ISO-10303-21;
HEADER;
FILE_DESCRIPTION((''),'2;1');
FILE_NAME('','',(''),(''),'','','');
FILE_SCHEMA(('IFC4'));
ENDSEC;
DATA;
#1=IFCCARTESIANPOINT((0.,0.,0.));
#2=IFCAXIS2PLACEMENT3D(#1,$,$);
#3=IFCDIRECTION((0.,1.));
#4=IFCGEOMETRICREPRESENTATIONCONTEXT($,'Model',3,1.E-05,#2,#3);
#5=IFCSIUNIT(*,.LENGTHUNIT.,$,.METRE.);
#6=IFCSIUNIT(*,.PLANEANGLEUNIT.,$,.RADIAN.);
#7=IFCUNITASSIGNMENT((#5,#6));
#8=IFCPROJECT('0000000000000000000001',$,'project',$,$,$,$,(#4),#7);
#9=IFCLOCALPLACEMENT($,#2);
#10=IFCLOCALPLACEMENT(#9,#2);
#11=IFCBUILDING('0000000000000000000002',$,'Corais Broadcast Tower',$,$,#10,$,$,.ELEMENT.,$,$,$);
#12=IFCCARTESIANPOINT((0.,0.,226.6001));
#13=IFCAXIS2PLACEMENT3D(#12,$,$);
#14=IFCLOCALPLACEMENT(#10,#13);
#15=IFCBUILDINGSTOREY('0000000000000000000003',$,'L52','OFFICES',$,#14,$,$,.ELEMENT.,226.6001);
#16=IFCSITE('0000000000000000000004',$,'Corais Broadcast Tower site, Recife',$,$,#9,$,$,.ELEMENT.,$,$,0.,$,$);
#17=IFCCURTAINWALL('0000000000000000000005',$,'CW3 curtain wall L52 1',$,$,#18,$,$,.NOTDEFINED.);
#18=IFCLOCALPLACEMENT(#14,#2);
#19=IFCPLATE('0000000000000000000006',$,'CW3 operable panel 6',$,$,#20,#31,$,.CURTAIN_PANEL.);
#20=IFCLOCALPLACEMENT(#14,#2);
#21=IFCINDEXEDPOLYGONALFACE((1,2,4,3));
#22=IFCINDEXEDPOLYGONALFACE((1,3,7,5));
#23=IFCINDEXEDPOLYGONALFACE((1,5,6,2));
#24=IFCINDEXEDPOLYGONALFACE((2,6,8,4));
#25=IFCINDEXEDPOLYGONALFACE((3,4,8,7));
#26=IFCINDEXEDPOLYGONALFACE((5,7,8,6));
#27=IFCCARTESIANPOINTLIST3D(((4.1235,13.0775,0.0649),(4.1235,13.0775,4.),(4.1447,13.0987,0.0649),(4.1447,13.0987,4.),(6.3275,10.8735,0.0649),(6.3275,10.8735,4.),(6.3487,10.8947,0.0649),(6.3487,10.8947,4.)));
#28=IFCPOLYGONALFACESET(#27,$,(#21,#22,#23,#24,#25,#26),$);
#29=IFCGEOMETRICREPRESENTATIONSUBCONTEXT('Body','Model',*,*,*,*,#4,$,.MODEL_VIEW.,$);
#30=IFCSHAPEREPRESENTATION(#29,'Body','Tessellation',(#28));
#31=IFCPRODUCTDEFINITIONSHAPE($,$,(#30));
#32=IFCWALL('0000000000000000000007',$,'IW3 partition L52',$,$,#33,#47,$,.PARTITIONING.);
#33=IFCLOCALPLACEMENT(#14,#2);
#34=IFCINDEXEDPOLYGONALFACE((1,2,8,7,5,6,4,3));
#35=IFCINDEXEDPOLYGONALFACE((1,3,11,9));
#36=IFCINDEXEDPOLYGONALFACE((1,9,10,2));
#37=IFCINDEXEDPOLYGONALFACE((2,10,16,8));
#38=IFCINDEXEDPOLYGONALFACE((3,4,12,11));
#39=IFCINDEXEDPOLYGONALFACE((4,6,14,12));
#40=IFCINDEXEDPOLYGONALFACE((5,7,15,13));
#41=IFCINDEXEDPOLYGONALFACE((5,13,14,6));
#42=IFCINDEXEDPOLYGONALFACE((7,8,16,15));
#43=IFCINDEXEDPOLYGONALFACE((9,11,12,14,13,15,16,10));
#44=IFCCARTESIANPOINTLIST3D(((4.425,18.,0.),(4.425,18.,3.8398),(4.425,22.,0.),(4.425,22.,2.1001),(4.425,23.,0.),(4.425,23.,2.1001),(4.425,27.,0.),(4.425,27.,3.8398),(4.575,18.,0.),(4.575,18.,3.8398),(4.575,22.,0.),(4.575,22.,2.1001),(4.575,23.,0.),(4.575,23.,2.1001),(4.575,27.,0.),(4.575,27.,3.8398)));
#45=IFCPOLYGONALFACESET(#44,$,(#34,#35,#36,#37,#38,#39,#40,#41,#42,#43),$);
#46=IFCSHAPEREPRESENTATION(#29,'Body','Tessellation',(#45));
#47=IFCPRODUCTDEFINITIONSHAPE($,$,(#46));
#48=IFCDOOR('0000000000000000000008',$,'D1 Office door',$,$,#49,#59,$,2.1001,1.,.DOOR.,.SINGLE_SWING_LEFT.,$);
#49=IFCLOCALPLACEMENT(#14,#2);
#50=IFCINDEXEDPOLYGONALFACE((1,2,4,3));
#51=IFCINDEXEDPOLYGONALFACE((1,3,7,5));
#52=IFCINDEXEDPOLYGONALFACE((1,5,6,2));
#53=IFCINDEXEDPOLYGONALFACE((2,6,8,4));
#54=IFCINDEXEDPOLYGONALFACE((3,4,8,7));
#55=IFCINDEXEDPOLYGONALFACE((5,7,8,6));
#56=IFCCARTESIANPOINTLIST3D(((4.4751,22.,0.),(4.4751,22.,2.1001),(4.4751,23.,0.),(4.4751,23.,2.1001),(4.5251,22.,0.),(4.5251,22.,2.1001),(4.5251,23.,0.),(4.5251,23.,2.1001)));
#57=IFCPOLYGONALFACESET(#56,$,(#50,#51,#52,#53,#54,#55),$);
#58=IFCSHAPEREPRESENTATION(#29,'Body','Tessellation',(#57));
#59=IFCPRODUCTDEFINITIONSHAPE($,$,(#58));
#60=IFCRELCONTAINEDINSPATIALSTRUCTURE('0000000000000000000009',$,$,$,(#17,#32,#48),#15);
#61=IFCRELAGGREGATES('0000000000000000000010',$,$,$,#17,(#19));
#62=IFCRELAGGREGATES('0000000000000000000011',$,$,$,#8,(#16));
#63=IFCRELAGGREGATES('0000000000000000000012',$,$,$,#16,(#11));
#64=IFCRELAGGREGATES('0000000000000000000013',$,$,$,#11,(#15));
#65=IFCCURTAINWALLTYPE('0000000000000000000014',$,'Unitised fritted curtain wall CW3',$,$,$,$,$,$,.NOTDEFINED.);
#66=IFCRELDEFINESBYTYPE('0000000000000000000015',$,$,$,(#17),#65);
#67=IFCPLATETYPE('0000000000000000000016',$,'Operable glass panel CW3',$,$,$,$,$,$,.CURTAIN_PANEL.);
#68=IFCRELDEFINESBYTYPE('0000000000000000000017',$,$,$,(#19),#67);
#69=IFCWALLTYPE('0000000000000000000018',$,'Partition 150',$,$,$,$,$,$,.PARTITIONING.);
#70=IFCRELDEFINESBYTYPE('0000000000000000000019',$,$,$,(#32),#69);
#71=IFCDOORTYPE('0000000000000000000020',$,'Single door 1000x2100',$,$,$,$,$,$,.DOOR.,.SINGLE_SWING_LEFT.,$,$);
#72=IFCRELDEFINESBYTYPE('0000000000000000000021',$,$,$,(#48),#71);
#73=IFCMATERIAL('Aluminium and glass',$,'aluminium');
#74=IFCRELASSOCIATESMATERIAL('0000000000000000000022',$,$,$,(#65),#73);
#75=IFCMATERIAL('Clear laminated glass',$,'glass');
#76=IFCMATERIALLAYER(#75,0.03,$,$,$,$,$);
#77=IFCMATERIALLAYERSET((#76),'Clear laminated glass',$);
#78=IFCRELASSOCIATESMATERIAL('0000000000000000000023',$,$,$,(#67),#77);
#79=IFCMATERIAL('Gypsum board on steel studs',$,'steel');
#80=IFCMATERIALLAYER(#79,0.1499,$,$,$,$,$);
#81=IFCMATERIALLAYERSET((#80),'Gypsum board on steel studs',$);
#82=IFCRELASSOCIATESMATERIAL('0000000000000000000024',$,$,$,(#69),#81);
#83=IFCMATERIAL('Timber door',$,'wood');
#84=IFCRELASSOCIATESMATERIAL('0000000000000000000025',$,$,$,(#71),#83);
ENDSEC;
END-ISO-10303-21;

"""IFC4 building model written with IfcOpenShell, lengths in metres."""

from ifc_helpers import new_model, si_unit, direction, frame, frame_2d, origin, origin_2d, place, context, subcontext, project, spatial, rectangle, extrude, material, layer, layer_set, type_object, element, fill, aggregate, save


model = new_model("IFC4")

# Units and contexts
model_context = context("Model", 3, precision=1e-05, world=origin(), true_north=direction((0.0, 1.0)))
body_context = subcontext(model_context, "Body", "Model", "MODEL_VIEW")
ifc_project = project(units=[si_unit("LENGTHUNIT", "METRE"), si_unit("PLANEANGLEUNIT", "RADIAN")], contexts=[model_context])

# Site, building, storey
site_placement = place(None, origin())
site = spatial("IfcSite", under=ifc_project, at=site_placement, Name="Corais Broadcast Tower site, Recife", CompositionType="ELEMENT", RefElevation=0.0)
building_placement = place(site_placement, origin())
building = spatial("IfcBuilding", under=site, at=building_placement, Name="Corais Broadcast Tower", CompositionType="ELEMENT")
storey_placement = place(building_placement, frame((0.0, 0.0, 226.6001)))
storey = spatial("IfcBuildingStorey", under=building, at=storey_placement, Name="L52", Description="OFFICES", CompositionType="ELEMENT", Elevation=226.6001)

# Curtain wall
ifc_material_1 = material(Name="Aluminium and glass", Category="aluminium")
curtain_wall_type = type_object("IfcCurtainWallType", Name="Unitised fritted curtain wall CW3", PredefinedType="NOTDEFINED", material=ifc_material_1)
curtain_wall_placement = place(storey_placement, origin())
curtain_wall = element("IfcCurtainWall", 1, at=curtain_wall_placement, inside=storey, type_object=curtain_wall_type, Name="CW3 curtain wall L52 1", PredefinedType="NOTDEFINED")

# Plate
ifc_material_2 = material(Name="Clear laminated glass", Category="glass")
ifc_layer_1 = layer(ifc_material_2, 0.03)
ifc_layer_set_1 = layer_set([ifc_layer_1], Name="Clear laminated glass")
plate_type_1 = type_object("IfcPlateType", Name="Operable glass panel CW3", PredefinedType="CURTAIN_PANEL", material=ifc_layer_set_1)
plate_1_placement = place(storey_placement, frame((5.2361, 11.9861, 0.0649), z_axis=(0.0, 0.0, 1.0), x_axis=(-0.707107, 0.707107, 0.0)))
plate_1 = element("IfcPlate", 2, at=plate_1_placement, type_object=plate_type_1, Name="CW3 operable panel 6", PredefinedType="CURTAIN_PANEL", context=body_context, shape_type="SweptSolid", body=[
    extrude(rectangle(XDim=3.1169, YDim=0.03, at=origin_2d()), origin(), (0.0, 0.0, 1.0), 3.9351),
])
aggregate(curtain_wall, [plate_1])

# Wall, opening, door
ifc_material_3 = material(Name="Gypsum board on steel studs", Category="steel")
ifc_layer_2 = layer(ifc_material_3, 0.1499)
ifc_layer_set_2 = layer_set([ifc_layer_2], Name="Gypsum board on steel studs")
wall_type = type_object("IfcWallType", Name="Partition 150", PredefinedType="PARTITIONING", material=ifc_layer_set_2)
wall_placement = place(storey_placement, frame((4.5, 18.0, 0.0), z_axis=(0.0, 0.0, 1.0), x_axis=(0.0, 1.0, 0.0)))
wall = element("IfcWall", 3, at=wall_placement, inside=storey, type_object=wall_type, Name="IW3 partition L52", PredefinedType="PARTITIONING", context=body_context, shape_type="SweptSolid", body=[
    extrude(rectangle(XDim=9.0, YDim=0.1499, at=frame_2d((4.5, 0.0))), origin(), (0.0, 0.0, 1.0), 3.8398),
])
opening_placement = place(wall_placement, frame((4.0, 0.0, 0.0)))
opening = element("IfcOpeningElement", 4, at=opening_placement, cuts=wall, PredefinedType="OPENING", context=body_context, shape_type="SweptSolid", body=[
    extrude(rectangle(XDim=1.0, YDim=2.1001, at=frame_2d((0.5, 1.05))), frame((0.0, 0.085, 0.0), z_axis=(0.0, -1.0, 0.0), x_axis=(1.0, 0.0, 0.0)), (0.0, 0.0, 1.0), 0.1699),
])
ifc_material_4 = material(Name="Timber door", Category="wood")
door_type = type_object("IfcDoorType", Name="Single door 1000x2100", OperationType="SINGLE_SWING_LEFT", PredefinedType="DOOR", material=ifc_material_4)
door_placement = place(opening_placement, origin())
door = element("IfcDoor", 5, at=door_placement, inside=storey, type_object=door_type, Name="D1 Office door", OperationType="SINGLE_SWING_LEFT", OverallHeight=2.1001, OverallWidth=1.0, PredefinedType="DOOR", context=body_context, shape_type="SweptSolid", body=[
    extrude(rectangle(XDim=1.0, YDim=2.1001, at=frame_2d((0.5, 1.05))), frame((0.0, 0.0249, 0.0), z_axis=(0.0, -1.0, 0.0), x_axis=(1.0, 0.0, 0.0)), (0.0, 0.0, 1.0), 0.05),
])
fill(opening, door)

save(model, "model.ifc")
